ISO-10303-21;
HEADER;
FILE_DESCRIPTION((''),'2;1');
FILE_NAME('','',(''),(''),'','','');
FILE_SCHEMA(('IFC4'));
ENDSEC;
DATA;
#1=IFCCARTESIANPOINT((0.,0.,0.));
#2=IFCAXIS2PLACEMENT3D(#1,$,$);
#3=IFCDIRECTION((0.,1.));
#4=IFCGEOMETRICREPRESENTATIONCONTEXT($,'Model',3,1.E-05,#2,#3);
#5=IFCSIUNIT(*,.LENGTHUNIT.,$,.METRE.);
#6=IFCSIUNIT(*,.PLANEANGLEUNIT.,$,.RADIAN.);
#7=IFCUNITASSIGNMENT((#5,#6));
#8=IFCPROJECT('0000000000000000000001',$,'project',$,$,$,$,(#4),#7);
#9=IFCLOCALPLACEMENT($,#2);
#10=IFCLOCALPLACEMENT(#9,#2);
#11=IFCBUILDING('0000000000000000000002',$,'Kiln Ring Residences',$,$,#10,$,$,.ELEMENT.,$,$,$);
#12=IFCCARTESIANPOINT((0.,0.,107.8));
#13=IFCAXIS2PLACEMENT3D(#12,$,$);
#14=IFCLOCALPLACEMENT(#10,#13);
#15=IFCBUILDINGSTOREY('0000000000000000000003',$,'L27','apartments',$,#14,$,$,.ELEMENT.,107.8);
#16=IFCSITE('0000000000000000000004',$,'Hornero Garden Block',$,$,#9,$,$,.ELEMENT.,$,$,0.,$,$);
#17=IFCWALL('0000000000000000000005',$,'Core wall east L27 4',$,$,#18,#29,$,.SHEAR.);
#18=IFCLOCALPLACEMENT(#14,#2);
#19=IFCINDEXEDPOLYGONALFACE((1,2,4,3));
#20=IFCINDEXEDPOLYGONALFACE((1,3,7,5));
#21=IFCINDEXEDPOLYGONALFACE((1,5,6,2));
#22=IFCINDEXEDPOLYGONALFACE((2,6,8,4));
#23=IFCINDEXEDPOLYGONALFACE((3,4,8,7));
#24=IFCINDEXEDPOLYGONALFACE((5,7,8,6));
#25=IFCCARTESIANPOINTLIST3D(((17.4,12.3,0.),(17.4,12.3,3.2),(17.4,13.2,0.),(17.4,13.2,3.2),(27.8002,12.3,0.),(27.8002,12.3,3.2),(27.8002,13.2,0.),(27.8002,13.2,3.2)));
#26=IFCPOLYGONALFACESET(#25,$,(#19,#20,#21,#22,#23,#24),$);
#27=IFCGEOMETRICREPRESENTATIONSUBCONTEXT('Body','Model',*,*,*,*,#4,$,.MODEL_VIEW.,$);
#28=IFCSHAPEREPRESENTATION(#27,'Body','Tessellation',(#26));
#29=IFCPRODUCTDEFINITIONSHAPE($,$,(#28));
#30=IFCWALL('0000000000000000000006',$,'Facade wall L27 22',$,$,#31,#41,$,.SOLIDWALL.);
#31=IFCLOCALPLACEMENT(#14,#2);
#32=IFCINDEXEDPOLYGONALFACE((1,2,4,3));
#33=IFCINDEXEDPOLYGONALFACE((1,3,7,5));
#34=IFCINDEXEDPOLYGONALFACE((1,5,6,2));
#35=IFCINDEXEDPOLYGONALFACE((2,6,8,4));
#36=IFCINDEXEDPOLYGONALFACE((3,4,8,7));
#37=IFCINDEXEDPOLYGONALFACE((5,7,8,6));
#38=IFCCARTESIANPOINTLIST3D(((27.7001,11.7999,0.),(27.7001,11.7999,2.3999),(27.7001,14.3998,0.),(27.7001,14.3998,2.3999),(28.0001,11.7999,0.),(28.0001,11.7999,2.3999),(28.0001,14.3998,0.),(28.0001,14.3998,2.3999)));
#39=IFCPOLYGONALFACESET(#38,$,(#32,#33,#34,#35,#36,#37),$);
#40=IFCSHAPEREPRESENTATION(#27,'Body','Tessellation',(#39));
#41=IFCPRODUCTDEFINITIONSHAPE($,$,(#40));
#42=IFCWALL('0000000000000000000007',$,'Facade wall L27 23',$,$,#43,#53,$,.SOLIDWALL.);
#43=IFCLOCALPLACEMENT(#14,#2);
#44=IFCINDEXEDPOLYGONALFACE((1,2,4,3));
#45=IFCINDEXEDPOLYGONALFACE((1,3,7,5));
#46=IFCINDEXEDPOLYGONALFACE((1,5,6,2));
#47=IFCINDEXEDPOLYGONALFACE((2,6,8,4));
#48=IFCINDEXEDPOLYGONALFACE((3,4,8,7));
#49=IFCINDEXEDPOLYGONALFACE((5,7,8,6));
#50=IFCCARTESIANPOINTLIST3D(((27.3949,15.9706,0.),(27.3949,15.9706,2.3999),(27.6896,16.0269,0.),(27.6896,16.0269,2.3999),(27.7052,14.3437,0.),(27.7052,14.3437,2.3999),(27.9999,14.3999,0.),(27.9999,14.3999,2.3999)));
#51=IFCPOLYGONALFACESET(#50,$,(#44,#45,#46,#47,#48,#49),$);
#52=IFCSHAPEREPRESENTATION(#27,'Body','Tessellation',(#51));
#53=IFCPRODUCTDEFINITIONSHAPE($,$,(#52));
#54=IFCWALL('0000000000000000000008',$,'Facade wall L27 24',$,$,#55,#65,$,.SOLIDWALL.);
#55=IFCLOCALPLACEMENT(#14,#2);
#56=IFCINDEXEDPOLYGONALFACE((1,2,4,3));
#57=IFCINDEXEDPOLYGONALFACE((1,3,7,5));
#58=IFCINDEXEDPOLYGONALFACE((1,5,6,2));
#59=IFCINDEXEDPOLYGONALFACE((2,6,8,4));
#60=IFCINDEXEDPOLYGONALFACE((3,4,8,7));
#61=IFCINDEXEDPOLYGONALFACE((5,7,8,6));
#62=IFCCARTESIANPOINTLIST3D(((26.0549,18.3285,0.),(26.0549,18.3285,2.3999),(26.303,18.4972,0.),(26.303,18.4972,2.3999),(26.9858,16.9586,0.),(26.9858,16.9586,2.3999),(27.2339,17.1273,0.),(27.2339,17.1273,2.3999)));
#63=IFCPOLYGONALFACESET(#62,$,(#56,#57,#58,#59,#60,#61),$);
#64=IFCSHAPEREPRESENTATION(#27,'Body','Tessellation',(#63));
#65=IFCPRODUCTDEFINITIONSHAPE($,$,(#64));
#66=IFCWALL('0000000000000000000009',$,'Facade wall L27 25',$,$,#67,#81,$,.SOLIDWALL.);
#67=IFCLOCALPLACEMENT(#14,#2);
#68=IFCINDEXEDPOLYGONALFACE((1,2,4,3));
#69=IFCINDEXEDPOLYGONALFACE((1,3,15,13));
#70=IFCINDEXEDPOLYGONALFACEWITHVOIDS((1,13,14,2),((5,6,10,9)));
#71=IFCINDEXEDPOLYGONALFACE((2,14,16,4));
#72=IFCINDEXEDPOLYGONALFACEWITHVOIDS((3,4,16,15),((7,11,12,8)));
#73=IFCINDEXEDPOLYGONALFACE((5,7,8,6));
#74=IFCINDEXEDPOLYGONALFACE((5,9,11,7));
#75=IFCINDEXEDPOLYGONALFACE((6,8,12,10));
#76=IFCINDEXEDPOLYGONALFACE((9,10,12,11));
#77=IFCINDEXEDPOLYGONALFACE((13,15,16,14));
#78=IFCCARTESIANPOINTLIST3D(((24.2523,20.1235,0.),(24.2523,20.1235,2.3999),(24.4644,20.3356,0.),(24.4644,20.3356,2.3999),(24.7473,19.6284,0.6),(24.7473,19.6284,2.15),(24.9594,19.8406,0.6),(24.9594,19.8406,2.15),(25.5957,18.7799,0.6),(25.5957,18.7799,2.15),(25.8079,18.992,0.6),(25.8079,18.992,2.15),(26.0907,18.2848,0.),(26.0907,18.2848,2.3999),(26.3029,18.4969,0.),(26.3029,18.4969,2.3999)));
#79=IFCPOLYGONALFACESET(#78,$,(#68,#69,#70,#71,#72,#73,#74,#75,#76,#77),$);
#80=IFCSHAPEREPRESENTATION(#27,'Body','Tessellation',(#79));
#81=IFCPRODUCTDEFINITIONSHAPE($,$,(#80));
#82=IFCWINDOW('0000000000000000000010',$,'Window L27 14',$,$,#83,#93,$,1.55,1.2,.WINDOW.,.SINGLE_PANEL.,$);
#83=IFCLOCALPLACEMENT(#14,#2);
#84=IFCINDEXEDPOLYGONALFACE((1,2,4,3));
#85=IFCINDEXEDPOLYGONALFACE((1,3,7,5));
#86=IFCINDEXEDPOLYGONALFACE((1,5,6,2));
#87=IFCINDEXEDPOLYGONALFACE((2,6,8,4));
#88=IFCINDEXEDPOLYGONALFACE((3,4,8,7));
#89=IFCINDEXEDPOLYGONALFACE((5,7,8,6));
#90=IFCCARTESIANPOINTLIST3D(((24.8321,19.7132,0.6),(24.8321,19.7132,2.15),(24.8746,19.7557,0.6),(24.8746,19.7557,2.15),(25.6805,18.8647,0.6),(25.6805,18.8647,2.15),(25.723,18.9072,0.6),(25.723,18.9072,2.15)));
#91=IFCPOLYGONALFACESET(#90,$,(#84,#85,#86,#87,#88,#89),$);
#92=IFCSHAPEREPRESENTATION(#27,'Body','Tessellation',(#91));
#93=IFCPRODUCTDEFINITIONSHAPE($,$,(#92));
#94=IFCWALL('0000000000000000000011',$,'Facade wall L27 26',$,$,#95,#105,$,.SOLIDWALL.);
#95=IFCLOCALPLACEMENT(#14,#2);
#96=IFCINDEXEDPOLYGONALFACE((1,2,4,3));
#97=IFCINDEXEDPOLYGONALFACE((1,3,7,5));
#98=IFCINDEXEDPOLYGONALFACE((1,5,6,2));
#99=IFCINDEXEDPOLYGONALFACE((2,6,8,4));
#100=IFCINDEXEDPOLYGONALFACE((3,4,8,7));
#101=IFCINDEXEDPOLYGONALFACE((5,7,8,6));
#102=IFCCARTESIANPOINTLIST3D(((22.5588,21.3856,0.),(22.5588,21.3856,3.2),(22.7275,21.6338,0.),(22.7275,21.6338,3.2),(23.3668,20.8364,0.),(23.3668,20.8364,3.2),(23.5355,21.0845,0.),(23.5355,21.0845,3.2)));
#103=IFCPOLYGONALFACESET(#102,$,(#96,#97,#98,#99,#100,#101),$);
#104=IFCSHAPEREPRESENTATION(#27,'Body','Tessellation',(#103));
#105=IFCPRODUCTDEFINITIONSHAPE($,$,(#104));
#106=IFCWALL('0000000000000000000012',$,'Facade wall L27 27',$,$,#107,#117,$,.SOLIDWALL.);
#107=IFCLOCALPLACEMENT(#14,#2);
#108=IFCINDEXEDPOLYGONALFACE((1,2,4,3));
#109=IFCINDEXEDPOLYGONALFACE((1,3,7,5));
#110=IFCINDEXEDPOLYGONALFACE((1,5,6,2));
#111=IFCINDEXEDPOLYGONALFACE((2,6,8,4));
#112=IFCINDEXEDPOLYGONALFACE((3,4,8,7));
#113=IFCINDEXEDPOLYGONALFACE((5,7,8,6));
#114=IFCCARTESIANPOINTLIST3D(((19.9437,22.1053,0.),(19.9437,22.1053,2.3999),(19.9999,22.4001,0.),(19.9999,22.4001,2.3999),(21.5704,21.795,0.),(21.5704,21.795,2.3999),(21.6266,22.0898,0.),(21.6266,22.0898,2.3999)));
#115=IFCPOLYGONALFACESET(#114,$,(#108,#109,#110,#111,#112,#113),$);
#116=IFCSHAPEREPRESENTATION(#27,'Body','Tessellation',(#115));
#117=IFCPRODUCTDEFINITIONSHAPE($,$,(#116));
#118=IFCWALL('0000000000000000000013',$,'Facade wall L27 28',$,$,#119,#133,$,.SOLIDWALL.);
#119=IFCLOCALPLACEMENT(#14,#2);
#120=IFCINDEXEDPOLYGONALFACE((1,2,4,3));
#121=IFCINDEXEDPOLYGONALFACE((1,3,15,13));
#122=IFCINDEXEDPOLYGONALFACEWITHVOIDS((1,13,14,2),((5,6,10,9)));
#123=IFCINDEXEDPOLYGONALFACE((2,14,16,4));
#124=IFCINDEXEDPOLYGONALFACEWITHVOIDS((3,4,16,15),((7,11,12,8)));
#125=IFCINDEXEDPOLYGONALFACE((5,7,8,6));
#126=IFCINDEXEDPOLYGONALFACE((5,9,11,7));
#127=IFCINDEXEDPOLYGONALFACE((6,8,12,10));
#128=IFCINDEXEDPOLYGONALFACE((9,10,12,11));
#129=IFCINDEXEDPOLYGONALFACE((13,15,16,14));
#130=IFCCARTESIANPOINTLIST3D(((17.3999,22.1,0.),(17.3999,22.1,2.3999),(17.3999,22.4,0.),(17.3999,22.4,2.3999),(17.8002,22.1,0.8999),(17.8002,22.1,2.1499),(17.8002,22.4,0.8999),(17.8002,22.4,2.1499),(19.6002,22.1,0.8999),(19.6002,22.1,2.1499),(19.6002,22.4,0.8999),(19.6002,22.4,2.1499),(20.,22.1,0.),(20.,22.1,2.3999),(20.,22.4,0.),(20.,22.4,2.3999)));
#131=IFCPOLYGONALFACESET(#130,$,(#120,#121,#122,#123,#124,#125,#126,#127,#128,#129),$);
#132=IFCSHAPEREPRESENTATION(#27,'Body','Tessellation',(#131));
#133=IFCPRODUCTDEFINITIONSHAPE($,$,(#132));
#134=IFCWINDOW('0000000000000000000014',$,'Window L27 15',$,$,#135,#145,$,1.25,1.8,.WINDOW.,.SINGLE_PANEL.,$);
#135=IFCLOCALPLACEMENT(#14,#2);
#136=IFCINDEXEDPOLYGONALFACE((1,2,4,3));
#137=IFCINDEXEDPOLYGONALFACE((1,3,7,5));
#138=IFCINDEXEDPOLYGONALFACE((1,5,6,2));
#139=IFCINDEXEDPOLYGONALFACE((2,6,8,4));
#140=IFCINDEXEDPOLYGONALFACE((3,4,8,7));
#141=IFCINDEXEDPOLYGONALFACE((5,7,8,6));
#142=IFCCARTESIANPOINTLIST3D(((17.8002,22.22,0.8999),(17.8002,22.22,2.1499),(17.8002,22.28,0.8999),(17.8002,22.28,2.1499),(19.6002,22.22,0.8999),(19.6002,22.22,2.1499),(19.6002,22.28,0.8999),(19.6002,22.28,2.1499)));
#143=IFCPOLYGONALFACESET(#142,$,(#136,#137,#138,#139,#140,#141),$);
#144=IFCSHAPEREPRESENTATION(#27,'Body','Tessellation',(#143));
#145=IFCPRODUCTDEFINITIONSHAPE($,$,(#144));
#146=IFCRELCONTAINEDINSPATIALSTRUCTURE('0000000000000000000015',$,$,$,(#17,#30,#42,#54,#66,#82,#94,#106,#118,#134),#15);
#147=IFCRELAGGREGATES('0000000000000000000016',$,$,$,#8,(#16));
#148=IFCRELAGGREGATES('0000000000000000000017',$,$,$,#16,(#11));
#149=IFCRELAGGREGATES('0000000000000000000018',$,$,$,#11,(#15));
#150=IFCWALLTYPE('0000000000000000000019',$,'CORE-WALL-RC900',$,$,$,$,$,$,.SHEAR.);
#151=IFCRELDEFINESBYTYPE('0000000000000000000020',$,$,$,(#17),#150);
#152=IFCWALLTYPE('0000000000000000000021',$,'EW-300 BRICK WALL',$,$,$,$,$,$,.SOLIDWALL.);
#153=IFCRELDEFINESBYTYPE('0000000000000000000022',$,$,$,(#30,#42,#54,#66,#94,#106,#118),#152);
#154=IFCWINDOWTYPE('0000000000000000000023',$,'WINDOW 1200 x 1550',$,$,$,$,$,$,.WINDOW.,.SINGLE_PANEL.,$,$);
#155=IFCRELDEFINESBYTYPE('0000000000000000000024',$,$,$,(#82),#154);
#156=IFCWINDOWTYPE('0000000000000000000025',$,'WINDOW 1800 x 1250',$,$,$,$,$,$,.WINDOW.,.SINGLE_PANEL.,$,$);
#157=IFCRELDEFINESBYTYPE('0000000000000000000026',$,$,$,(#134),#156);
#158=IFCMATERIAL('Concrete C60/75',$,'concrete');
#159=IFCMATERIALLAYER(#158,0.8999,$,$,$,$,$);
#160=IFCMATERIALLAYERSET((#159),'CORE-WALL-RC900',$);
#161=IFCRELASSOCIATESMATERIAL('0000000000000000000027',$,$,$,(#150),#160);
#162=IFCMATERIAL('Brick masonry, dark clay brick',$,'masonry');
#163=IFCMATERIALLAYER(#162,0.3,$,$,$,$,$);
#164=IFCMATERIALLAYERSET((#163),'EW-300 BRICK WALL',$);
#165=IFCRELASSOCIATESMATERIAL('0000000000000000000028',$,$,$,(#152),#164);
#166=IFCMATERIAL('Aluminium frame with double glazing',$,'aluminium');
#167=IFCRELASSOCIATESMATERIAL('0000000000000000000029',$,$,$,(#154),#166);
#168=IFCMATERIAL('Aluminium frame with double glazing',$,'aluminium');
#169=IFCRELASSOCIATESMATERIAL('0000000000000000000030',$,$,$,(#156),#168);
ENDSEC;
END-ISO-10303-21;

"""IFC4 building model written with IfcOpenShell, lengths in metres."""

from ifc_helpers import new_model, si_unit, direction, frame, frame_2d, origin, place, context, subcontext, project, spatial, rectangle, extrude, material, layer, layer_set, type_object, element, fill, save


model = new_model("IFC4")

# Units and contexts
model_context = context("Model", 3, precision=1e-05, world=origin(), true_north=direction((0.0, 1.0)))
body_context = subcontext(model_context, "Body", "Model", "MODEL_VIEW")
ifc_project = project(units=[si_unit("LENGTHUNIT", "METRE"), si_unit("PLANEANGLEUNIT", "RADIAN")], contexts=[model_context])

# Site, building, storey
site_placement = place(None, origin())
site = spatial("IfcSite", under=ifc_project, at=site_placement, Name="Hornero Garden Block", CompositionType="ELEMENT", RefElevation=0.0)
building_placement = place(site_placement, origin())
building = spatial("IfcBuilding", under=site, at=building_placement, Name="Kiln Ring Residences", CompositionType="ELEMENT")
storey_placement = place(building_placement, frame((0.0, 0.0, 107.8)))
storey = spatial("IfcBuildingStorey", under=building, at=storey_placement, Name="L27", Description="apartments", CompositionType="ELEMENT", Elevation=107.8)

# Walls
ifc_material_1 = material(Name="Concrete C60/75", Category="concrete")
ifc_layer_1 = layer(ifc_material_1, 0.8999)
ifc_layer_set_1 = layer_set([ifc_layer_1], Name="CORE-WALL-RC900")
wall_type_1 = type_object("IfcWallType", Name="CORE-WALL-RC900", PredefinedType="SHEAR", material=ifc_layer_set_1)
wall_1_placement = place(storey_placement, frame((17.3999, 12.75, 0.0), z_axis=(0.0, 0.0, 1.0), x_axis=(1.0, 0.0, 0.0)))
element("IfcWall", 1, at=wall_1_placement, inside=storey, type_object=wall_type_1, Name="Core wall east L27 4", PredefinedType="SHEAR", context=body_context, shape_type="SweptSolid", body=[
    extrude(rectangle(XDim=10.4001, YDim=0.8999, at=frame_2d((5.2002, 0.0))), origin(), (0.0, 0.0, 1.0), 3.2),
])
ifc_material_2 = material(Name="Brick masonry, dark clay brick", Category="masonry")
ifc_layer_2 = layer(ifc_material_2, 0.3)
ifc_layer_set_2 = layer_set([ifc_layer_2], Name="EW-300 BRICK WALL")
wall_type_2 = type_object("IfcWallType", Name="EW-300 BRICK WALL", PredefinedType="SOLIDWALL", material=ifc_layer_set_2)
wall_2_placement = place(storey_placement, frame((27.8501, 11.8, 0.0), z_axis=(0.0, 0.0, 1.0), x_axis=(0.0, 1.0, 0.0)))
element("IfcWall", 2, at=wall_2_placement, inside=storey, type_object=wall_type_2, Name="Facade wall L27 22", PredefinedType="SOLIDWALL", context=body_context, shape_type="SweptSolid", body=[
    extrude(rectangle(XDim=2.5999, YDim=0.3, at=frame_2d((1.2998, 0.0))), origin(), (0.0, 0.0, 1.0), 2.3999),
])
for number, where, z_axis, x_axis, name in (
    (3, (27.8525, 14.3718, 0.0), (0.0, 0.0, 1.0), (-0.187349, 0.982293, 0.0), "Facade wall L27 23"),
    (4, (27.1099, 17.043, 0.0), (0.0, 0.0, 1.0), (-0.56206, 0.827096, 0.0), "Facade wall L27 24"),
):
    element("IfcWall", number, at=place(storey_placement, frame(where, z_axis=z_axis, x_axis=x_axis)), inside=storey, type_object=wall_type_2, Name=name, PredefinedType="SOLIDWALL", context=body_context, shape_type="SweptSolid", body=[
        extrude(rectangle(XDim=1.6562, YDim=0.3, at=frame_2d((0.8281, 0.0))), origin(), (0.0, 0.0, 1.0), 2.3999),
    ])

# Wall, opening, window
wall_3_placement = place(storey_placement, frame((26.1968, 18.3909, 0.0), z_axis=(0.0, 0.0, 1.0), x_axis=(-0.70706, 0.707154, 0.0)))
wall_3 = element("IfcWall", 5, at=wall_3_placement, inside=storey, type_object=wall_type_2, Name="Facade wall L27 25", PredefinedType="SOLIDWALL", context=body_context, shape_type="SweptSolid", body=[
    extrude(rectangle(XDim=2.6001, YDim=0.3, at=frame_2d((1.3, 0.0))), origin(), (0.0, 0.0, 1.0), 2.3999),
])
opening_1_placement = place(wall_3_placement, frame((0.7, 0.0, 0.6001)))
opening_1 = element("IfcOpeningElement", 6, at=opening_1_placement, cuts=wall_3, PredefinedType="OPENING", context=body_context, shape_type="SweptSolid", body=[
    extrude(rectangle(XDim=1.2, YDim=1.55, at=frame_2d((0.6001, 0.7749))), frame((0.0, 0.1599, 0.0), z_axis=(0.0, -1.0, 0.0), x_axis=(1.0, 0.0, 0.0)), (0.0, 0.0, 1.0), 0.3201),
])
ifc_material_3 = material(Name="Aluminium frame with double glazing", Category="aluminium")
window_type_1 = type_object("IfcWindowType", Name="WINDOW 1200 x 1550", PartitioningType="SINGLE_PANEL", PredefinedType="WINDOW", material=ifc_material_3)
window_1_placement = place(opening_1_placement, origin())
window_1 = element("IfcWindow", 7, at=window_1_placement, inside=storey, type_object=window_type_1, Name="Window L27 14", OverallHeight=1.55, OverallWidth=1.2, PartitioningType="SINGLE_PANEL", PredefinedType="WINDOW", context=body_context, shape_type="SweptSolid", body=[
    extrude(rectangle(XDim=1.2, YDim=1.55, at=frame_2d((0.6001, 0.7749))), frame((0.0, 0.03, 0.0), z_axis=(0.0, -1.0, 0.0), x_axis=(1.0, 0.0, 0.0)), (0.0, 0.0, 1.0), 0.0601),
])
fill(opening_1, window_1)

# Walls
wall_4_placement = place(storey_placement, frame((23.4512, 20.9604, 0.0), z_axis=(0.0, 0.0, 1.0), x_axis=(-0.827019, 0.562173, 0.0)))
element("IfcWall", 8, at=wall_4_placement, inside=storey, type_object=wall_type_2, Name="Facade wall L27 26", PredefinedType="SOLIDWALL", context=body_context, shape_type="SweptSolid", body=[
    extrude(rectangle(XDim=0.9771, YDim=0.3, at=frame_2d((0.4885, 0.0))), origin(), (0.0, 0.0, 1.0), 3.2),
])
wall_5_placement = place(storey_placement, frame((21.5986, 21.9424, 0.0), z_axis=(0.0, 0.0, 1.0), x_axis=(-0.982288, 0.187376, 0.0)))
element("IfcWall", 9, at=wall_5_placement, inside=storey, type_object=wall_type_2, Name="Facade wall L27 27", PredefinedType="SOLIDWALL", context=body_context, shape_type="SweptSolid", body=[
    extrude(rectangle(XDim=1.656, YDim=0.3, at=frame_2d((0.8281, 0.0))), origin(), (0.0, 0.0, 1.0), 2.3999),
])

# Wall, opening, window
wall_6_placement = place(storey_placement, frame((20.0, 22.25, 0.0), z_axis=(0.0, 0.0, 1.0), x_axis=(-1.0, 0.0, 0.0)))
wall_6 = element("IfcWall", 10, at=wall_6_placement, inside=storey, type_object=wall_type_2, Name="Facade wall L27 28", PredefinedType="SOLIDWALL", context=body_context, shape_type="SweptSolid", body=[
    extrude(rectangle(XDim=2.6001, YDim=0.3, at=frame_2d((1.3, 0.0))), origin(), (0.0, 0.0, 1.0), 2.3999),
])
opening_2_placement = place(wall_6_placement, frame((0.3999, 0.0, 0.8999)))
opening_2 = element("IfcOpeningElement", 11, at=opening_2_placement, cuts=wall_6, PredefinedType="OPENING", context=body_context, shape_type="SweptSolid", body=[
    extrude(rectangle(XDim=1.8, YDim=1.25, at=frame_2d((0.8999, 0.625))), frame((0.0, 0.1599, 0.0), z_axis=(0.0, -1.0, 0.0), x_axis=(1.0, 0.0, 0.0)), (0.0, 0.0, 1.0), 0.3201),
])
ifc_material_4 = material(Name="Aluminium frame with double glazing", Category="aluminium")
window_type_2 = type_object("IfcWindowType", Name="WINDOW 1800 x 1250", PartitioningType="SINGLE_PANEL", PredefinedType="WINDOW", material=ifc_material_4)
window_2_placement = place(opening_2_placement, origin())
window_2 = element("IfcWindow", 12, at=window_2_placement, inside=storey, type_object=window_type_2, Name="Window L27 15", OverallHeight=1.25, OverallWidth=1.8, PartitioningType="SINGLE_PANEL", PredefinedType="WINDOW", context=body_context, shape_type="SweptSolid", body=[
    extrude(rectangle(XDim=1.8, YDim=1.25, at=frame_2d((0.8999, 0.625))), frame((0.0, 0.03, 0.0), z_axis=(0.0, -1.0, 0.0), x_axis=(1.0, 0.0, 0.0)), (0.0, 0.0, 1.0), 0.0601),
])
fill(opening_2, window_2)

save(model, "model.ifc")
